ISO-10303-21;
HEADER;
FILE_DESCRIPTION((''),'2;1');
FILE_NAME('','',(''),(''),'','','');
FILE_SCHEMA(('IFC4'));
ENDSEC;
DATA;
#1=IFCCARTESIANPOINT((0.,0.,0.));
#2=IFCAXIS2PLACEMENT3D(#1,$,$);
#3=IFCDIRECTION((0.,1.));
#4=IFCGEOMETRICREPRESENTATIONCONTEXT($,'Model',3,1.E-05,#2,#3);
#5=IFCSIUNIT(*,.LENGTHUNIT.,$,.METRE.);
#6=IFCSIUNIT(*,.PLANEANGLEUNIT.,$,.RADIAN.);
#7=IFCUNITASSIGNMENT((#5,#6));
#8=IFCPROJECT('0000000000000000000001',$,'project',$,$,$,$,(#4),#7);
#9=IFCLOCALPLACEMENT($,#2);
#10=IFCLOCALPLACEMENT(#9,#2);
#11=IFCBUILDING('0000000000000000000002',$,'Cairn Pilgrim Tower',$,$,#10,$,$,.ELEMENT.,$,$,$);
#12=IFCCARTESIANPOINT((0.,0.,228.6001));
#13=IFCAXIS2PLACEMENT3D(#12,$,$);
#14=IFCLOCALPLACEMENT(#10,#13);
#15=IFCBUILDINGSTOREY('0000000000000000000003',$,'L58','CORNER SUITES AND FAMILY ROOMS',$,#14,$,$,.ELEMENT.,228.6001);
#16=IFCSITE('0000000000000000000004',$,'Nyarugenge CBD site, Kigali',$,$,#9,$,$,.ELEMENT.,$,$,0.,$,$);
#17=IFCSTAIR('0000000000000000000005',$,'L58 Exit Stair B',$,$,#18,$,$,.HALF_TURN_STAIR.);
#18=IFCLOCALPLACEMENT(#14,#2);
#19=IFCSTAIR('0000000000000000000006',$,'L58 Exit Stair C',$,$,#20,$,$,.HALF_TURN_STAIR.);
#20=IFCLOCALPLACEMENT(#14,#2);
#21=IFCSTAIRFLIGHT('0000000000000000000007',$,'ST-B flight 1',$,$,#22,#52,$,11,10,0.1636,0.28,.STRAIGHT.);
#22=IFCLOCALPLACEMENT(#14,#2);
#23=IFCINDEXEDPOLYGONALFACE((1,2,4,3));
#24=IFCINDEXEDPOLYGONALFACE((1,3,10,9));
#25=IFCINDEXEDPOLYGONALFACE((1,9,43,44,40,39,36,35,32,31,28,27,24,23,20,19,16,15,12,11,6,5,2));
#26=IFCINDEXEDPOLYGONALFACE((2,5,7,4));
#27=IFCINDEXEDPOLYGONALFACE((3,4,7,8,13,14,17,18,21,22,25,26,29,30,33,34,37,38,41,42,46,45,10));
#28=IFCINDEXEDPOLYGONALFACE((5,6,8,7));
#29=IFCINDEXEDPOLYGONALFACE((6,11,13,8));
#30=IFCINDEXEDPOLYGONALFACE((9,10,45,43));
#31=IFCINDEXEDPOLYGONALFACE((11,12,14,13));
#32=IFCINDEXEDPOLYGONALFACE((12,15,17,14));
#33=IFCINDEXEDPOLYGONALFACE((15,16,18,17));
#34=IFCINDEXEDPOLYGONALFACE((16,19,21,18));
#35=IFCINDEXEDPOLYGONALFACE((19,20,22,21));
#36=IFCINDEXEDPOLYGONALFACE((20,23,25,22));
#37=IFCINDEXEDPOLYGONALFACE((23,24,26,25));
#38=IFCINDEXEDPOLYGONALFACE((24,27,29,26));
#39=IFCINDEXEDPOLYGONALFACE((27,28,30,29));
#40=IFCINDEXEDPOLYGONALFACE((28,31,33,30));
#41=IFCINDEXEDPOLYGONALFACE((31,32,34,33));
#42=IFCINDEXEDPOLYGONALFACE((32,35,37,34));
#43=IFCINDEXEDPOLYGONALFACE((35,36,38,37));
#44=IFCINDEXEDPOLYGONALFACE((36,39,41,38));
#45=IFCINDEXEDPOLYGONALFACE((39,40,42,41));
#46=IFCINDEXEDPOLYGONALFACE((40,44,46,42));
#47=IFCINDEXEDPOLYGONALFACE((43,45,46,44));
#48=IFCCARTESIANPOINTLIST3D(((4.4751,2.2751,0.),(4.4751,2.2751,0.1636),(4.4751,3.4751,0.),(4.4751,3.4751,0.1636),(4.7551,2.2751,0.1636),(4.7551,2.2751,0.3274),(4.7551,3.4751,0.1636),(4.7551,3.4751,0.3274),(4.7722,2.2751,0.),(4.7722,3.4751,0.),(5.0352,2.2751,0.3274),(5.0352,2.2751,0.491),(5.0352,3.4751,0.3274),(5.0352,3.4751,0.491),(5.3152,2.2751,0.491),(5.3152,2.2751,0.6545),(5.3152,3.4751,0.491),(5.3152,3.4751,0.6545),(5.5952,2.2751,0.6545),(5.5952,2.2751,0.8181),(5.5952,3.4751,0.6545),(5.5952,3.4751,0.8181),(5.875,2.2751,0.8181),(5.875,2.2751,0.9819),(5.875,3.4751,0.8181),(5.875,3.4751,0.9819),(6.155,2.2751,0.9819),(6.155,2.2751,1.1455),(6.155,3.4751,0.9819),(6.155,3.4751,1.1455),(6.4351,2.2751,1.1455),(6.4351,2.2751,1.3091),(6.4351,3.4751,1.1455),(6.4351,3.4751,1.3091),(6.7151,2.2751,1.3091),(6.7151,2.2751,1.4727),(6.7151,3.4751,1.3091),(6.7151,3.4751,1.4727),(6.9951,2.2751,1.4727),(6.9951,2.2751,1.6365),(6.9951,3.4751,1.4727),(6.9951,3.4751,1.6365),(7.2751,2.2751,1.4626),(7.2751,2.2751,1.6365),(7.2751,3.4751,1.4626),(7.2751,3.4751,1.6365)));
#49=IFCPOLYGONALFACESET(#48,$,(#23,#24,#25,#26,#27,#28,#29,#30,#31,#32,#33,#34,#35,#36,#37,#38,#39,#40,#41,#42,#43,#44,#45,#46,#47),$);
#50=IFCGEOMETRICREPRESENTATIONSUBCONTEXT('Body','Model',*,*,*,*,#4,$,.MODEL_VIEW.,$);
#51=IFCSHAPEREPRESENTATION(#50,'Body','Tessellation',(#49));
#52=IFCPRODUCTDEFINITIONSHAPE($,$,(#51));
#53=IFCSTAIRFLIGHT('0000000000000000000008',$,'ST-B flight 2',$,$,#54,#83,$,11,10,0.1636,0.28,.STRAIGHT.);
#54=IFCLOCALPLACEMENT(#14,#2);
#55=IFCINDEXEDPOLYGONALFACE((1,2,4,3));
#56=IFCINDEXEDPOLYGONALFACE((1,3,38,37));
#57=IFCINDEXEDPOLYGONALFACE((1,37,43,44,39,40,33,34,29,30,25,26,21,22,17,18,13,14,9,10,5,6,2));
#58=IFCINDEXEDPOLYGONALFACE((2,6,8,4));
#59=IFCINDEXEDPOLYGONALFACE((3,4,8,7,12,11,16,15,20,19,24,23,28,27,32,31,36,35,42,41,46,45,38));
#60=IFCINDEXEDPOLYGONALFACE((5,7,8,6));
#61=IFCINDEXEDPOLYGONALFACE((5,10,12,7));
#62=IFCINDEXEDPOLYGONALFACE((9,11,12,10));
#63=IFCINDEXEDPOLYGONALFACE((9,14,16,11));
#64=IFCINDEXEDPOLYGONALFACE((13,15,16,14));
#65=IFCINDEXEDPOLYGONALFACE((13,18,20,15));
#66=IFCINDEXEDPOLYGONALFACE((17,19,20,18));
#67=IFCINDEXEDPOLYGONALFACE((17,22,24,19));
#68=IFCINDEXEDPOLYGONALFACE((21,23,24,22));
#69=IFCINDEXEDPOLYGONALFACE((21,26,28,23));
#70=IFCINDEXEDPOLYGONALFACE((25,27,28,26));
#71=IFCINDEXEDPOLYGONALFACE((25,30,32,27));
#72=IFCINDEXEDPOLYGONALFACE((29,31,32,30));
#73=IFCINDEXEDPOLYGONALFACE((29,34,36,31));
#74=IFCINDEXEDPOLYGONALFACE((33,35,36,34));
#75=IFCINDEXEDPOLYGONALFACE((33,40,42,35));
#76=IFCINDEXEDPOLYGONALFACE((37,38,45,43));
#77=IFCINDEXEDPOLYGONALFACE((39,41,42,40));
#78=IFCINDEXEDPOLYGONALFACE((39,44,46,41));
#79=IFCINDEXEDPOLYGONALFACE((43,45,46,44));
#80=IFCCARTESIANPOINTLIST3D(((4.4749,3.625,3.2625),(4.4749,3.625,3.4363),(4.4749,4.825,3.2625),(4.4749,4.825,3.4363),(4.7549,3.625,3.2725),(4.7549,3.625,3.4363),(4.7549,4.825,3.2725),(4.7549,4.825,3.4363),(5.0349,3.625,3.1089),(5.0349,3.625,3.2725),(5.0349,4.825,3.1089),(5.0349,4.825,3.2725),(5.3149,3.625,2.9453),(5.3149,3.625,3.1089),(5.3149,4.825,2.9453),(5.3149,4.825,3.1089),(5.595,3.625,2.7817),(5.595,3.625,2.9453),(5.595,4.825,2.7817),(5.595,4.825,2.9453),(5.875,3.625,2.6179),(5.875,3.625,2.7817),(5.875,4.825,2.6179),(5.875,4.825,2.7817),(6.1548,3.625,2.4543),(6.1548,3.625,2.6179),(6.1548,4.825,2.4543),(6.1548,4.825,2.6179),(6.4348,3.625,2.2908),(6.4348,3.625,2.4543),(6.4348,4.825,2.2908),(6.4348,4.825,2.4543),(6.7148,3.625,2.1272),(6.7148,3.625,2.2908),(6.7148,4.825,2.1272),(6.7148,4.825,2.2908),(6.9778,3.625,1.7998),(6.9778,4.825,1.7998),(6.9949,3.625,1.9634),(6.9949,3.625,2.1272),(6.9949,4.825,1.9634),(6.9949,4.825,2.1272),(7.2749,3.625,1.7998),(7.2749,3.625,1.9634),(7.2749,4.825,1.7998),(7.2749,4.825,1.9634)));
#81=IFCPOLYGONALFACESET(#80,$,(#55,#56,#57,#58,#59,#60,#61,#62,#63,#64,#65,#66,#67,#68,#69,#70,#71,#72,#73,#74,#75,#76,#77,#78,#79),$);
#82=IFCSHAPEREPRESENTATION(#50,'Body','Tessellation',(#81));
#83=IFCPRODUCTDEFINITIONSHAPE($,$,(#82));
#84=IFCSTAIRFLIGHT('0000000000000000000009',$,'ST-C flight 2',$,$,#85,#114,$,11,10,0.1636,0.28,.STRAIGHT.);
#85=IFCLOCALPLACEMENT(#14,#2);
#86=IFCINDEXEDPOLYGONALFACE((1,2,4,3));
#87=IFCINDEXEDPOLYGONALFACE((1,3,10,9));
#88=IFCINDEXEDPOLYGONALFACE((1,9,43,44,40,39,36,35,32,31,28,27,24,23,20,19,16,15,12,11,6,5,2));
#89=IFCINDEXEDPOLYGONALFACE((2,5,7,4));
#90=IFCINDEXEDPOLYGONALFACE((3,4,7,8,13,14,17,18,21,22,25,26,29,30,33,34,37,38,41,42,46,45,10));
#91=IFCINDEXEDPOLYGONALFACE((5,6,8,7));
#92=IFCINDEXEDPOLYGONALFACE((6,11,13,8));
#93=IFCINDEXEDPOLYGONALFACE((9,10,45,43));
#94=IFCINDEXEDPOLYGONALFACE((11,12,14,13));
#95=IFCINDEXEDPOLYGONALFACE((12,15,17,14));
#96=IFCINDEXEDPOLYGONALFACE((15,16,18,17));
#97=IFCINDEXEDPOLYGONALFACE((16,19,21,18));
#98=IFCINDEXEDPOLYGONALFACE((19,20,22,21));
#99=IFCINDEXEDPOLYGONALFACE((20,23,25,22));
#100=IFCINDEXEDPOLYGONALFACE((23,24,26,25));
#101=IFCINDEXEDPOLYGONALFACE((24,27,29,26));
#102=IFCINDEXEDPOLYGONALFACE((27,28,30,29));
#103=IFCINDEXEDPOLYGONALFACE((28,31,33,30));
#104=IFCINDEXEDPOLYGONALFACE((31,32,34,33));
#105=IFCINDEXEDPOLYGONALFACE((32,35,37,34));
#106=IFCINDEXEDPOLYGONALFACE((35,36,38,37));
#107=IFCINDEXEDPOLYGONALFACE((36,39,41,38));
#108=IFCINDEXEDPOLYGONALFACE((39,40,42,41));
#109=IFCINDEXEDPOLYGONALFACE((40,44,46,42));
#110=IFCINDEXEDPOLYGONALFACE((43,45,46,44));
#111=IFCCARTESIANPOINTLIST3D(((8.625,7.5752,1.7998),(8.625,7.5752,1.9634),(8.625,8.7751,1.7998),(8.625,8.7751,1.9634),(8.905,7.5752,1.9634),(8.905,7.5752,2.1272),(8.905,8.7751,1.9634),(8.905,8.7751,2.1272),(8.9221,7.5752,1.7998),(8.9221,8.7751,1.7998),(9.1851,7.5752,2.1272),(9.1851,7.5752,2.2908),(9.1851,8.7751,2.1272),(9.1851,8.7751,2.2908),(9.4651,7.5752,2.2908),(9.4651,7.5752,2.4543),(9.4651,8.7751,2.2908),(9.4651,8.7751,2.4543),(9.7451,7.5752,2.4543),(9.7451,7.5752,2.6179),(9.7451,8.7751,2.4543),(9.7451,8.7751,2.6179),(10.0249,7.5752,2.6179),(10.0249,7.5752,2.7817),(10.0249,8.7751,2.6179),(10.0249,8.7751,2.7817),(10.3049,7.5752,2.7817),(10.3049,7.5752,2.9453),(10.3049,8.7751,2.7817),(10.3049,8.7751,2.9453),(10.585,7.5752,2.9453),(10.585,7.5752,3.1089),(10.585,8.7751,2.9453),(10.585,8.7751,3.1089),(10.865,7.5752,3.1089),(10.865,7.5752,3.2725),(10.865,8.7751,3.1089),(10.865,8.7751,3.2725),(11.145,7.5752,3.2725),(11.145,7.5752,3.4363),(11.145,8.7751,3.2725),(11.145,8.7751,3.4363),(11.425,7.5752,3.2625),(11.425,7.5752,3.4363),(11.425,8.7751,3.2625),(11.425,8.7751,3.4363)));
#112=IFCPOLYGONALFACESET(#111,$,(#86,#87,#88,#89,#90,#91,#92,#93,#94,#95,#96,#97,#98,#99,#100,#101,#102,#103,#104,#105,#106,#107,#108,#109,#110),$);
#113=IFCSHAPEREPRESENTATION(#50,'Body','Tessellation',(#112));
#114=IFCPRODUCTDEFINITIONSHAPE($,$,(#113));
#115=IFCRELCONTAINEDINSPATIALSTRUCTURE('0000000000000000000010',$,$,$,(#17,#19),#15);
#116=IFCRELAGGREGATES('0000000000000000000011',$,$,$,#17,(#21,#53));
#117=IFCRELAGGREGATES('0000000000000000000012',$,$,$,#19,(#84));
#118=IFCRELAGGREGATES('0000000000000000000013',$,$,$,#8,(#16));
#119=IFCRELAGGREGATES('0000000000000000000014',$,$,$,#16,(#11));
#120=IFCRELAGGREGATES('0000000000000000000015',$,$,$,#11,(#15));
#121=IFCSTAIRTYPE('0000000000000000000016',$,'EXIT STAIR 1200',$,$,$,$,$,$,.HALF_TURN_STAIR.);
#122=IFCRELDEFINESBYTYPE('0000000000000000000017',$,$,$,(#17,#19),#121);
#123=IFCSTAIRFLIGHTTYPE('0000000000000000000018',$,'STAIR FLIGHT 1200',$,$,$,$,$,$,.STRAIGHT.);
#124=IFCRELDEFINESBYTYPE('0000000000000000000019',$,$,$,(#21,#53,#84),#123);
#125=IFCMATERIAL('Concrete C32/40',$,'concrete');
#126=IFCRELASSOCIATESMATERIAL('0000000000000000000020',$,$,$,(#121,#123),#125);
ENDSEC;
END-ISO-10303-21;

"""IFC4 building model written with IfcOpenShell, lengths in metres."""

from ifc_helpers import new_model, si_unit, direction, frame, origin, place, context, subcontext, project, spatial, polyline, outline, extrude, material, type_object, element, aggregate, save


model = new_model("IFC4")

# Units and contexts
model_context = context("Model", 3, precision=1e-05, world=origin(), true_north=direction((0.0, 1.0)))
body_context = subcontext(model_context, "Body", "Model", "MODEL_VIEW")
ifc_project = project(units=[si_unit("LENGTHUNIT", "METRE"), si_unit("PLANEANGLEUNIT", "RADIAN")], contexts=[model_context])

# Site, building, storey
site_placement = place(None, origin())
site = spatial("IfcSite", under=ifc_project, at=site_placement, Name="Nyarugenge CBD site, Kigali", CompositionType="ELEMENT", RefElevation=0.0)
building_placement = place(site_placement, origin())
building = spatial("IfcBuilding", under=site, at=building_placement, Name="Cairn Pilgrim Tower", CompositionType="ELEMENT")
storey_placement = place(building_placement, frame((0.0, 0.0, 228.6001)))
storey = spatial("IfcBuildingStorey", under=building, at=storey_placement, Name="L58", Description="CORNER SUITES AND FAMILY ROOMS", CompositionType="ELEMENT", Elevation=228.6001)

# Stairs
ifc_material_1 = material(Name="Concrete C32/40", Category="concrete")
stair_type = type_object("IfcStairType", Name="EXIT STAIR 1200", PredefinedType="HALF_TURN_STAIR", material=ifc_material_1)
stair_1_placement = place(storey_placement, origin())
stair_1 = element("IfcStair", 1, at=stair_1_placement, inside=storey, type_object=stair_type, Name="L58 Exit Stair B", PredefinedType="HALF_TURN_STAIR")
stair_2_placement = place(storey_placement, origin())
stair_2 = element("IfcStair", 2, at=stair_2_placement, inside=storey, type_object=stair_type, Name="L58 Exit Stair C", PredefinedType="HALF_TURN_STAIR")

# Stair flights
stair_flight_type = type_object("IfcStairFlightType", Name="STAIR FLIGHT 1200", PredefinedType="STRAIGHT", material=ifc_material_1)
stair_flight_1_placement = place(storey_placement, frame((4.4751, 2.875, 0.0), z_axis=(0.0, 0.0, 1.0), x_axis=(1.0, 0.0, 0.0)))
stair_flight_1 = element("IfcStairFlight", 3, at=stair_flight_1_placement, type_object=stair_flight_type, Name="ST-B flight 1", NumberOfRisers=11, NumberOfTreads=10, PredefinedType="STRAIGHT", RiserHeight=0.1636, TreadLength=0.28, context=body_context, shape_type="SweptSolid", body=[
    extrude(outline(polyline([(0.0, 0.0), (0.0, 0.1636), (0.28, 0.1636), (0.28, 0.3274), (0.5601, 0.3274), (0.5601, 0.491), (0.8401, 0.491), (0.8401, 0.6545), (1.1201, 0.6545), (1.1201, 0.8181), (1.3999, 0.8181), (1.3999, 0.9819), (1.6799, 0.9819), (1.6799, 1.1455), (1.96, 1.1455), (1.96, 1.3091), (2.24, 1.3091), (2.24, 1.4727), (2.52, 1.4727), (2.52, 1.6365), (2.8, 1.6365), (2.8, 1.8), (2.8, 1.4626), (0.2971, 0.0), (0.0, 0.0)])), frame((0.0, 0.6001, 0.0), z_axis=(0.0, -1.0, 0.0), x_axis=(1.0, 0.0, 0.0)), (0.0, 0.0, 1.0), 1.2),
])
stair_flight_2_placement = place(storey_placement, frame((7.2749, 4.2251, 1.7998), z_axis=(0.0, 0.0, 1.0), x_axis=(-1.0, 0.0, 0.0)))
stair_flight_2 = element("IfcStairFlight", 4, at=stair_flight_2_placement, type_object=stair_flight_type, Name="ST-B flight 2", NumberOfRisers=11, NumberOfTreads=10, PredefinedType="STRAIGHT", RiserHeight=0.1636, TreadLength=0.28, context=body_context, shape_type="SweptSolid", body=[
    extrude(outline(polyline([(0.0, 0.0), (0.0, 0.1636), (0.28, 0.1636), (0.28, 0.3274), (0.5601, 0.3274), (0.5601, 0.491), (0.8401, 0.491), (0.8401, 0.6545), (1.1201, 0.6545), (1.1201, 0.8181), (1.3999, 0.8181), (1.3999, 0.9819), (1.6799, 0.9819), (1.6799, 1.1455), (1.96, 1.1455), (1.96, 1.3091), (2.24, 1.3091), (2.24, 1.4727), (2.52, 1.4727), (2.52, 1.6365), (2.8, 1.6365), (2.8, 1.8), (2.8, 1.4626), (0.2971, 0.0), (0.0, 0.0)])), frame((0.0, 0.6001, 0.0), z_axis=(0.0, -1.0, 0.0), x_axis=(1.0, 0.0, 0.0)), (0.0, 0.0, 1.0), 1.2),
])
aggregate(stair_1, [stair_flight_1, stair_flight_2])
stair_flight_3_placement = place(storey_placement, frame((8.625, 8.175, 1.7998), z_axis=(0.0, 0.0, 1.0), x_axis=(1.0, 0.0, 0.0)))
stair_flight_3 = element("IfcStairFlight", 5, at=stair_flight_3_placement, type_object=stair_flight_type, Name="ST-C flight 2", NumberOfRisers=11, NumberOfTreads=10, PredefinedType="STRAIGHT", RiserHeight=0.1636, TreadLength=0.28, context=body_context, shape_type="SweptSolid", body=[
    extrude(outline(polyline([(0.0, 0.0), (0.0, 0.1636), (0.28, 0.1636), (0.28, 0.3274), (0.5601, 0.3274), (0.5601, 0.491), (0.8401, 0.491), (0.8401, 0.6545), (1.1201, 0.6545), (1.1201, 0.8181), (1.3999, 0.8181), (1.3999, 0.9819), (1.6799, 0.9819), (1.6799, 1.1455), (1.96, 1.1455), (1.96, 1.3091), (2.24, 1.3091), (2.24, 1.4727), (2.52, 1.4727), (2.52, 1.6365), (2.8, 1.6365), (2.8, 1.8), (2.8, 1.4626), (0.2971, 0.0), (0.0, 0.0)])), frame((0.0, 0.6001, 0.0), z_axis=(0.0, -1.0, 0.0), x_axis=(1.0, 0.0, 0.0)), (0.0, 0.0, 1.0), 1.2),
])
aggregate(stair_2, [stair_flight_3])

save(model, "model.ifc")
